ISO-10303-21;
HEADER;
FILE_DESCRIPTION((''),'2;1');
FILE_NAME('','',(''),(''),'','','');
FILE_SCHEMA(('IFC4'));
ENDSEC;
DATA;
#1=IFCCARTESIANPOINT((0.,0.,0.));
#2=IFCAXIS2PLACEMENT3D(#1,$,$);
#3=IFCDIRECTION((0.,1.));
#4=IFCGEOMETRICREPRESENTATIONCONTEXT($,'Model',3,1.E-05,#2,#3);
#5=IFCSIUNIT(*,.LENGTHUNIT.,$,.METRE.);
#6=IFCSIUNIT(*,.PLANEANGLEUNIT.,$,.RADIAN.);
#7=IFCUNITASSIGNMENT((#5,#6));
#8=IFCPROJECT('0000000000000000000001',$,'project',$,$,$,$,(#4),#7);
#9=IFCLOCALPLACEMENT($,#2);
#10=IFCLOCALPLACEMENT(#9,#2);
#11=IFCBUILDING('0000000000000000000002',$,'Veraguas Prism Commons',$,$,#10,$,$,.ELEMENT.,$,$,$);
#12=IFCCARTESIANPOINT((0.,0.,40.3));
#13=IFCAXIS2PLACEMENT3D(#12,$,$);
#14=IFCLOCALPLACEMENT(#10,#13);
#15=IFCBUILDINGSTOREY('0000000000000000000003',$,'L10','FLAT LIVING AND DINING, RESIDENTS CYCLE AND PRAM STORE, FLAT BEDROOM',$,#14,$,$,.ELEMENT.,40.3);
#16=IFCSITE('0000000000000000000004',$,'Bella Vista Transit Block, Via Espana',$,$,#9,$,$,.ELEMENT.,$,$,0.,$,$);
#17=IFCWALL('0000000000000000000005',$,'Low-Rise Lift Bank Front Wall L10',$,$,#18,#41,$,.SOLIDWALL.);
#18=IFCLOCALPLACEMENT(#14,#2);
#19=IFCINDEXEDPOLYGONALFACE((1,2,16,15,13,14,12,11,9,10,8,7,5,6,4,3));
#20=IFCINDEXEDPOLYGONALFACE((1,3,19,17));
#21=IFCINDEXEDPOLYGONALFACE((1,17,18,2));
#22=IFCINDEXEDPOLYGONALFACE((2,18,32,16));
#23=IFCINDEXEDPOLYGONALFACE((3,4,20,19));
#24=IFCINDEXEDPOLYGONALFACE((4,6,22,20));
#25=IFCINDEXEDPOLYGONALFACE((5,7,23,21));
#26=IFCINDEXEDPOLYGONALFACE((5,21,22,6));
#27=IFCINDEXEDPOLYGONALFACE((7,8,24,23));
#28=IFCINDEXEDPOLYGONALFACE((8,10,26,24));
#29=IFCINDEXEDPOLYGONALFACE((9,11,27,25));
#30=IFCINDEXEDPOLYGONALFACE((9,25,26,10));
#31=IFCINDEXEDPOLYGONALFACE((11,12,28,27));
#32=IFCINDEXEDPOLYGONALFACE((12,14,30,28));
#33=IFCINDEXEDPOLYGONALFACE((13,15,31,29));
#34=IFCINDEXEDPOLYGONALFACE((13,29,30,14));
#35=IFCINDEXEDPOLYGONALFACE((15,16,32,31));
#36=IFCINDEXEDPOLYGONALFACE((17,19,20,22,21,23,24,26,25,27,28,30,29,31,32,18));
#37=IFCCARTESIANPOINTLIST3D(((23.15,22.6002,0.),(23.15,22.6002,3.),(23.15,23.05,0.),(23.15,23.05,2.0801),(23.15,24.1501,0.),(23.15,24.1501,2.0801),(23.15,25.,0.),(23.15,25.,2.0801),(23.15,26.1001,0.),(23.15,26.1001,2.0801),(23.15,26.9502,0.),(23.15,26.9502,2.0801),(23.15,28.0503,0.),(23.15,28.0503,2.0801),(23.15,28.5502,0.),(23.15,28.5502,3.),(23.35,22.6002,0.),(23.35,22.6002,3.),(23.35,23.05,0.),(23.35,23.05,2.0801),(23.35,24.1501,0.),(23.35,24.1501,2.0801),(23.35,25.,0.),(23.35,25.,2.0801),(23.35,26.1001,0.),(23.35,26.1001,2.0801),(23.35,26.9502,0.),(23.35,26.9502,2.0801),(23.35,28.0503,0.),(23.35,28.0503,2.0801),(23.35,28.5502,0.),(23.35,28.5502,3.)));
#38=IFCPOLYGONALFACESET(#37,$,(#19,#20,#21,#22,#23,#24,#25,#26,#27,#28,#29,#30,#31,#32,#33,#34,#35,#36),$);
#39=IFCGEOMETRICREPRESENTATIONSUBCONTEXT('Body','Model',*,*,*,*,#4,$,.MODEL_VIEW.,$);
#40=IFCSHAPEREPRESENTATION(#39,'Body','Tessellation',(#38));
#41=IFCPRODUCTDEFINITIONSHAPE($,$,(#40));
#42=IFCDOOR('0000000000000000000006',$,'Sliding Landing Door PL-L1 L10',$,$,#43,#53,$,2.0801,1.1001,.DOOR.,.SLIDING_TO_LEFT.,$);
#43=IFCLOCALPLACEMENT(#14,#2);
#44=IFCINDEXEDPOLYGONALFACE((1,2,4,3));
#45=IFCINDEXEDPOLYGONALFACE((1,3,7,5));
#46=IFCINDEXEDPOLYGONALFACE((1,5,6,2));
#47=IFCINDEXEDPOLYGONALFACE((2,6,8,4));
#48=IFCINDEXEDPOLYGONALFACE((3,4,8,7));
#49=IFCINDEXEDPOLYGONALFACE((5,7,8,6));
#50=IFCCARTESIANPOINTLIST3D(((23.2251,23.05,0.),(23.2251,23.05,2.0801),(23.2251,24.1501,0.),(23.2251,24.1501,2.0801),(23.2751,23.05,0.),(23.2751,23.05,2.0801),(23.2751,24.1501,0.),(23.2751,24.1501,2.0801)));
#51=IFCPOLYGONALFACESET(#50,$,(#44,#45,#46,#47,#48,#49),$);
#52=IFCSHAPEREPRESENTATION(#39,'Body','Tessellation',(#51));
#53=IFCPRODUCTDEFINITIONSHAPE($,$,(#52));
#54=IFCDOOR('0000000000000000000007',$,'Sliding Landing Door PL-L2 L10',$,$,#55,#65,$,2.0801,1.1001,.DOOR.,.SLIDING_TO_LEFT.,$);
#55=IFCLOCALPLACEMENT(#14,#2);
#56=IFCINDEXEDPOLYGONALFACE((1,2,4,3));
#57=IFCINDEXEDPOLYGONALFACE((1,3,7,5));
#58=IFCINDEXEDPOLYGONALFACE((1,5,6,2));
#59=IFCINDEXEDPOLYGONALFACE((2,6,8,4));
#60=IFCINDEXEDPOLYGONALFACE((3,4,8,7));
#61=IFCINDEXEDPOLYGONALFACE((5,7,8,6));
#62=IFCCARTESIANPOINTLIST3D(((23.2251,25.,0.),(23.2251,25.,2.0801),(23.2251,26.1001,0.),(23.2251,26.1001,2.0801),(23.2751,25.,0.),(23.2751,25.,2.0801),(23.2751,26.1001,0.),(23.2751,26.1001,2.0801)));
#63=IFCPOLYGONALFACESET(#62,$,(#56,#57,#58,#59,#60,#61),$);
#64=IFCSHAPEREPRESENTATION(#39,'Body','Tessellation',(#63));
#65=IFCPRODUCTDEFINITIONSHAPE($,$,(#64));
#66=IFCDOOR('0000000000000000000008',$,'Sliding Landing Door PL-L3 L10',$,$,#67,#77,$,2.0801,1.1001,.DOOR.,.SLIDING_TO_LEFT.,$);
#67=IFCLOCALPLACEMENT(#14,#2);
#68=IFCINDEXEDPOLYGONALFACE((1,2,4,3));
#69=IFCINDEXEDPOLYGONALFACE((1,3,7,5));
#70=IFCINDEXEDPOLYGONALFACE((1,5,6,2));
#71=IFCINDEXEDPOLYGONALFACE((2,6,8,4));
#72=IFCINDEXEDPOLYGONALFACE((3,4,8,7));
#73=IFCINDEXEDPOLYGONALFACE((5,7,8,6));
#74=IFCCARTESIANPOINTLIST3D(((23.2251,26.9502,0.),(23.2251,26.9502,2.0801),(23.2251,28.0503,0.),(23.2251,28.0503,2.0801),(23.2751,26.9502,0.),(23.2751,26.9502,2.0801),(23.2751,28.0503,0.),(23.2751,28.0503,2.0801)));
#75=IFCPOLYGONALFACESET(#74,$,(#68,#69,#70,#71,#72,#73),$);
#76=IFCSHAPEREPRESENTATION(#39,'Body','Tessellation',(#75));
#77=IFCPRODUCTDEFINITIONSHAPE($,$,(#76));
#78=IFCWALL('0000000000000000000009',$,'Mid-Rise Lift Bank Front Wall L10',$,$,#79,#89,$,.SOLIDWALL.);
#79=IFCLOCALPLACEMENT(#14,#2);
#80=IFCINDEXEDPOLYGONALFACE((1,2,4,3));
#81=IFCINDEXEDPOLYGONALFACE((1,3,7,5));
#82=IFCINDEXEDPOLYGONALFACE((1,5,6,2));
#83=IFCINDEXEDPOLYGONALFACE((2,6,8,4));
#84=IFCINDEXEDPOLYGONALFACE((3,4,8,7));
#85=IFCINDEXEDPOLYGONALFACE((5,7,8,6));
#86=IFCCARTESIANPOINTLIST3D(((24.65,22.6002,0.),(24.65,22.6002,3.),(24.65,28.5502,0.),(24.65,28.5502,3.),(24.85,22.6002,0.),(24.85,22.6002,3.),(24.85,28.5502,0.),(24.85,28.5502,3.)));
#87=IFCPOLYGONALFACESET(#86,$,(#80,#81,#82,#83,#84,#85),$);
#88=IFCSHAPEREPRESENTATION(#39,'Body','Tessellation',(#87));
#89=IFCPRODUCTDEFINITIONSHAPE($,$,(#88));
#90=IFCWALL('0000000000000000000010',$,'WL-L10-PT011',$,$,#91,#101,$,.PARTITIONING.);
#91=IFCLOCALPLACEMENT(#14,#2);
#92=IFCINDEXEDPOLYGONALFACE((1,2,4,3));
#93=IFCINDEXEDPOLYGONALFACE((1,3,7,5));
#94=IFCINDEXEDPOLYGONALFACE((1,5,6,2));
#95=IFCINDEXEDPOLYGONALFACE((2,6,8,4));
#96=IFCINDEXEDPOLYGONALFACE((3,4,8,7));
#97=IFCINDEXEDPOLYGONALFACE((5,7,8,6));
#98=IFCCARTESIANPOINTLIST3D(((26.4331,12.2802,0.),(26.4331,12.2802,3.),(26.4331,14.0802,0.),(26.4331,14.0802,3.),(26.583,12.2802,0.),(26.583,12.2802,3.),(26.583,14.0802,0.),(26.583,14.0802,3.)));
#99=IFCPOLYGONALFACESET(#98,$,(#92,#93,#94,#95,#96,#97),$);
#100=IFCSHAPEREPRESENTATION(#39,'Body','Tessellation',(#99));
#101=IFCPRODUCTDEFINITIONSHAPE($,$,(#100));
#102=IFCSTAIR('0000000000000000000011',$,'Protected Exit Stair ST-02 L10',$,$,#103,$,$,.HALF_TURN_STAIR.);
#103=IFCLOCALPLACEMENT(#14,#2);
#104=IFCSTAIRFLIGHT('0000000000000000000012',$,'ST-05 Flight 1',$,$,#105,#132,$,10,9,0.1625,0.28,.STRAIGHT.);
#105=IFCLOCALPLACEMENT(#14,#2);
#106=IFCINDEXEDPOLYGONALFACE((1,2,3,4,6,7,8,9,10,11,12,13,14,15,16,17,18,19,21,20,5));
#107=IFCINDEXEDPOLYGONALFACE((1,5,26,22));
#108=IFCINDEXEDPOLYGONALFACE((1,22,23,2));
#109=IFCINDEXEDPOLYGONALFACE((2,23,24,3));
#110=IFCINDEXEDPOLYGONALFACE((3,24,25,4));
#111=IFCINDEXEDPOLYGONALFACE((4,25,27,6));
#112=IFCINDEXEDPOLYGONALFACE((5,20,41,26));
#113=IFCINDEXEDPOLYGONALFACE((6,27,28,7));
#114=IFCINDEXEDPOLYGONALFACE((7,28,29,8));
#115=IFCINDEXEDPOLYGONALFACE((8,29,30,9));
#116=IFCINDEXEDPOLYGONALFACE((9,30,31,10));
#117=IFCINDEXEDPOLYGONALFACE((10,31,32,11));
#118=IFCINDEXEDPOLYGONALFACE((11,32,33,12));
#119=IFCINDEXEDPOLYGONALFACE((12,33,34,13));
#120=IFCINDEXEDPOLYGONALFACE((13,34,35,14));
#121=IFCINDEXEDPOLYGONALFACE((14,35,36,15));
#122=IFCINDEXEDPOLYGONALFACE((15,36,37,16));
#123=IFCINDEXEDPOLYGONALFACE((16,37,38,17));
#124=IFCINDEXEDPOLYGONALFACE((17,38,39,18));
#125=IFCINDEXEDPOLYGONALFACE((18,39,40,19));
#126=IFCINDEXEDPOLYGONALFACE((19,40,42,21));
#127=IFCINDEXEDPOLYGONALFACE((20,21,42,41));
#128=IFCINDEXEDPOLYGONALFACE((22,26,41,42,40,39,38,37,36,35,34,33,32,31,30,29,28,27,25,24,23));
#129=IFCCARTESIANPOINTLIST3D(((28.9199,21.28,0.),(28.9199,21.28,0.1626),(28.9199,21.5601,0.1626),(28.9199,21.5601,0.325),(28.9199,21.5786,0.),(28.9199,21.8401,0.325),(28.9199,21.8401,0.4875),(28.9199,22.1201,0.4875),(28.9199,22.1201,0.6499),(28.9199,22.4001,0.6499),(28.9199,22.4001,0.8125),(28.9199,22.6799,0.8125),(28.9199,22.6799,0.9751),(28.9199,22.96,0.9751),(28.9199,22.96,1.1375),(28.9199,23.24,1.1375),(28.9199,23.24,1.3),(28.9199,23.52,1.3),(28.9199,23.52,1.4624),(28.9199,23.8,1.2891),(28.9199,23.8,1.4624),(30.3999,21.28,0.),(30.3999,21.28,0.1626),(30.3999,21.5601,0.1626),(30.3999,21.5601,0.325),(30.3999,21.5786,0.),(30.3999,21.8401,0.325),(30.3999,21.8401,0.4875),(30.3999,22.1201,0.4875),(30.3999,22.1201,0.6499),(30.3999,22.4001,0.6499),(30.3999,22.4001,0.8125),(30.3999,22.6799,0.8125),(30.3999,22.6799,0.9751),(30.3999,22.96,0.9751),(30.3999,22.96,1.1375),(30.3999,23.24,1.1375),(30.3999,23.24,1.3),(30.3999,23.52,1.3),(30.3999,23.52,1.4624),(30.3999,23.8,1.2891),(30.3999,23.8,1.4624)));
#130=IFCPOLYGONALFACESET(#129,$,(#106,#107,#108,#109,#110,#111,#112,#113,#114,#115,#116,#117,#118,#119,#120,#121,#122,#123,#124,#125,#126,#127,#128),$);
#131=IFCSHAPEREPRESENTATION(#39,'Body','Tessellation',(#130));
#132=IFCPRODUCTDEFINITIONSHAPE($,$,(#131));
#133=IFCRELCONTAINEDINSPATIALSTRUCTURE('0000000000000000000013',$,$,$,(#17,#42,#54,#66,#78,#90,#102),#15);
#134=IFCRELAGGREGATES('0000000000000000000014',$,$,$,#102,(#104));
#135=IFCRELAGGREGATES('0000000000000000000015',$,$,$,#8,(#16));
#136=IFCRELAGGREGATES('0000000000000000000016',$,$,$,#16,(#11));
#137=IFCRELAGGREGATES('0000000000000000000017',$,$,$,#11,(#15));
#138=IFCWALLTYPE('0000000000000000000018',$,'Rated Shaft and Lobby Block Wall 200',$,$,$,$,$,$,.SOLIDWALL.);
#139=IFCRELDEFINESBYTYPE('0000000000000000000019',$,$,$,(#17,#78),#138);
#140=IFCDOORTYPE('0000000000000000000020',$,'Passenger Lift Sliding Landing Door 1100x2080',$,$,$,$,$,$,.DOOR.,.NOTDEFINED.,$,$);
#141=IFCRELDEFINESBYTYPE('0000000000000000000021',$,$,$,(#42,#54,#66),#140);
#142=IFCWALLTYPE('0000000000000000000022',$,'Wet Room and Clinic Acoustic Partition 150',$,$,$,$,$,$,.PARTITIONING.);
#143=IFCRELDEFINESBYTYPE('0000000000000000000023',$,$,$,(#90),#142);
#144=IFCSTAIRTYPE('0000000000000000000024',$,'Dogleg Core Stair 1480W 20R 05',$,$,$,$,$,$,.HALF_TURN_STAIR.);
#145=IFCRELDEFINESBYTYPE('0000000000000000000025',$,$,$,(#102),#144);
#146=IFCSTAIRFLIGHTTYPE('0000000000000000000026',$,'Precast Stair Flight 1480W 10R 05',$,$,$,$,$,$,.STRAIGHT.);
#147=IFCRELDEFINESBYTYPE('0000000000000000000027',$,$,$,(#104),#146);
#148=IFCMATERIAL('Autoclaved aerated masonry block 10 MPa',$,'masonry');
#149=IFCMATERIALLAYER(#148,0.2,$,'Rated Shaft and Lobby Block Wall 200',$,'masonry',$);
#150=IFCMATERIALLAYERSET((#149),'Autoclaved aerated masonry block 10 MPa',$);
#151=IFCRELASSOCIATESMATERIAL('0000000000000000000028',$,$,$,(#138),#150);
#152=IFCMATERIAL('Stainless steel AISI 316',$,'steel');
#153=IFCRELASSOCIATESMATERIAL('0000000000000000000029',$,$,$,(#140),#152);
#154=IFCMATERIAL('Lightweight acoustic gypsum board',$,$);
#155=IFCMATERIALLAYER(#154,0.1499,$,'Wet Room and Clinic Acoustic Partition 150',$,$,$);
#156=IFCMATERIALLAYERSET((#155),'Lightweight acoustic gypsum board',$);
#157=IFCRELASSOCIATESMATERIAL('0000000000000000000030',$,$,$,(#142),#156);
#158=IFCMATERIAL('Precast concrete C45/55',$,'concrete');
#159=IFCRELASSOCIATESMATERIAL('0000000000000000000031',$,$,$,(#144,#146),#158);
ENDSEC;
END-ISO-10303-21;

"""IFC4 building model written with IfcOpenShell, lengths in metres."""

from ifc_helpers import new_model, si_unit, direction, frame, frame_2d, origin, place, context, subcontext, project, spatial, polyline, rectangle, outline, extrude, source, transform, mapped, material, layer, layer_set, type_object, element, fill, aggregate, save


model = new_model("IFC4")

# Units and contexts
model_context = context("Model", 3, precision=1e-05, world=origin(), true_north=direction((0.0, 1.0)))
body_context = subcontext(model_context, "Body", "Model", "MODEL_VIEW")
ifc_project = project(units=[si_unit("LENGTHUNIT", "METRE"), si_unit("PLANEANGLEUNIT", "RADIAN")], contexts=[model_context])

# Site, building, storey
site_placement = place(None, origin())
site = spatial("IfcSite", under=ifc_project, at=site_placement, Name="Bella Vista Transit Block, Via Espana", CompositionType="ELEMENT", RefElevation=0.0)
building_placement = place(site_placement, origin())
building = spatial("IfcBuilding", under=site, at=building_placement, Name="Veraguas Prism Commons", CompositionType="ELEMENT")
storey_placement = place(building_placement, frame((0.0, 0.0, 40.3)))
storey = spatial("IfcBuildingStorey", under=building, at=storey_placement, Name="L10", Description="FLAT LIVING AND DINING, RESIDENTS CYCLE AND PRAM STORE, FLAT BEDROOM", CompositionType="ELEMENT", Elevation=40.3)

# Shared definitions
ifc_material_1 = material(Name="Autoclaved aerated masonry block 10 MPa", Category="masonry")
ifc_material_2 = material(Name="Lightweight acoustic gypsum board")
ifc_layer_1 = layer(ifc_material_1, 0.2, Name="Rated Shaft and Lobby Block Wall 200", Category="masonry")
ifc_layer_set_1 = layer_set([ifc_layer_1], Name="Autoclaved aerated masonry block 10 MPa")
wall_type_1 = type_object("IfcWallType", Name="Rated Shaft and Lobby Block Wall 200", PredefinedType="SOLIDWALL", material=ifc_layer_set_1)
ifc_material_3 = material(Name="Stainless steel AISI 316", Category="steel")

# Wall, openings, doors
wall_1_placement = place(storey_placement, frame((23.25, 22.6001, 0.0), z_axis=(0.0, 0.0, 1.0), x_axis=(0.0, 1.0, 0.0)))
wall_1 = element("IfcWall", 1, at=wall_1_placement, inside=storey, type_object=wall_type_1, Name="Low-Rise Lift Bank Front Wall L10", PredefinedType="SOLIDWALL", context=body_context, shape_type="SweptSolid", body=[
    extrude(rectangle(XDim=5.95, YDim=0.2, at=frame_2d((2.9751, 0.0))), origin(), (0.0, 0.0, 1.0), 3.0),
])
opening_1_placement = place(wall_1_placement, frame((0.45, 0.0, 0.0)))
opening_1 = element("IfcOpeningElement", 2, at=opening_1_placement, cuts=wall_1, PredefinedType="OPENING", context=body_context, shape_type="SweptSolid", body=[
    extrude(rectangle(XDim=1.1001, YDim=2.0801, at=frame_2d((0.55, 1.04))), frame((0.0, 0.1099, 0.0), z_axis=(0.0, -1.0, 0.0), x_axis=(1.0, 0.0, 0.0)), (0.0, 0.0, 1.0), 0.22),
])
opening_2_placement = place(wall_1_placement, frame((2.3999, 0.0, 0.0)))
opening_2 = element("IfcOpeningElement", 3, at=opening_2_placement, cuts=wall_1, PredefinedType="OPENING", context=body_context, shape_type="SweptSolid", body=[
    extrude(rectangle(XDim=1.1001, YDim=2.0801, at=frame_2d((0.55, 1.04))), frame((0.0, 0.1099, 0.0), z_axis=(0.0, -1.0, 0.0), x_axis=(1.0, 0.0, 0.0)), (0.0, 0.0, 1.0), 0.22),
])
opening_3_placement = place(wall_1_placement, frame((4.3501, 0.0, 0.0)))
opening_3 = element("IfcOpeningElement", 4, at=opening_3_placement, cuts=wall_1, PredefinedType="OPENING", context=body_context, shape_type="SweptSolid", body=[
    extrude(rectangle(XDim=1.1001, YDim=2.0801, at=frame_2d((0.55, 1.04))), frame((0.0, 0.1099, 0.0), z_axis=(0.0, -1.0, 0.0), x_axis=(1.0, 0.0, 0.0)), (0.0, 0.0, 1.0), 0.22),
])
door_type_1 = type_object("IfcDoorType", Name="Passenger Lift Sliding Landing Door 1100x2080", OperationType="NOTDEFINED", PredefinedType="DOOR", material=ifc_material_3)
shared_shape_1 = source(origin(), body_context, "Body", "SweptSolid", [
    extrude(rectangle(XDim=1.1001, YDim=2.0801, at=frame_2d((0.55, 1.04))), frame((0.0, 0.0249, 0.0), z_axis=(0.0, -1.0, 0.0), x_axis=(1.0, 0.0, 0.0)), (0.0, 0.0, 1.0), 0.05),
])
door_1_placement = place(opening_1_placement, origin())
door_1 = element("IfcDoor", 5, at=door_1_placement, inside=storey, type_object=door_type_1, Name="Sliding Landing Door PL-L1 L10", OperationType="SLIDING_TO_LEFT", OverallHeight=2.0801, OverallWidth=1.1001, PredefinedType="DOOR", context=body_context, shape_type="MappedRepresentation", body=[
    mapped(shared_shape_1, transform((0.0, 0.0, 0.0), scale=1.0)),
])
fill(opening_1, door_1)
door_2_placement = place(opening_2_placement, origin())
door_2 = element("IfcDoor", 6, at=door_2_placement, inside=storey, type_object=door_type_1, Name="Sliding Landing Door PL-L2 L10", OperationType="SLIDING_TO_LEFT", OverallHeight=2.0801, OverallWidth=1.1001, PredefinedType="DOOR", context=body_context, shape_type="MappedRepresentation", body=[
    mapped(shared_shape_1, transform((0.0, 0.0, 0.0), scale=1.0)),
])
fill(opening_2, door_2)
door_3_placement = place(opening_3_placement, origin())
door_3 = element("IfcDoor", 7, at=door_3_placement, inside=storey, type_object=door_type_1, Name="Sliding Landing Door PL-L3 L10", OperationType="SLIDING_TO_LEFT", OverallHeight=2.0801, OverallWidth=1.1001, PredefinedType="DOOR", context=body_context, shape_type="MappedRepresentation", body=[
    mapped(shared_shape_1, transform((0.0, 0.0, 0.0), scale=1.0)),
])
fill(opening_3, door_3)

# Walls
wall_2_placement = place(storey_placement, frame((24.75, 22.6001, 0.0), z_axis=(0.0, 0.0, 1.0), x_axis=(0.0, 1.0, 0.0)))
element("IfcWall", 8, at=wall_2_placement, inside=storey, type_object=wall_type_1, Name="Mid-Rise Lift Bank Front Wall L10", PredefinedType="SOLIDWALL", context=body_context, shape_type="SweptSolid", body=[
    extrude(rectangle(XDim=5.95, YDim=0.2, at=frame_2d((2.9751, 0.0))), origin(), (0.0, 0.0, 1.0), 3.0),
])
ifc_layer_2 = layer(ifc_material_2, 0.1499, Name="Wet Room and Clinic Acoustic Partition 150")
ifc_layer_set_2 = layer_set([ifc_layer_2], Name="Lightweight acoustic gypsum board")
wall_type_2 = type_object("IfcWallType", Name="Wet Room and Clinic Acoustic Partition 150", PredefinedType="PARTITIONING", material=ifc_layer_set_2)
wall_3_placement = place(storey_placement, frame((26.5081, 14.0801, 0.0), z_axis=(0.0, 0.0, 1.0), x_axis=(0.0, -1.0, 0.0)))
element("IfcWall", 9, at=wall_3_placement, inside=storey, type_object=wall_type_2, Name="WL-L10-PT011", PredefinedType="PARTITIONING", context=body_context, shape_type="SweptSolid", body=[
    extrude(rectangle(XDim=1.8, YDim=0.1499, at=frame_2d((0.8999, 0.0))), origin(), (0.0, 0.0, 1.0), 3.0),
])

# Stair, stair flight
ifc_material_4 = material(Name="Precast concrete C45/55", Category="concrete")
stair_type = type_object("IfcStairType", Name="Dogleg Core Stair 1480W 20R 05", PredefinedType="HALF_TURN_STAIR", material=ifc_material_4)
stair_placement = place(storey_placement, origin())
stair = element("IfcStair", 10, at=stair_placement, inside=storey, type_object=stair_type, Name="Protected Exit Stair ST-02 L10", PredefinedType="HALF_TURN_STAIR")
stair_flight_type = type_object("IfcStairFlightType", Name="Precast Stair Flight 1480W 10R 05", PredefinedType="STRAIGHT", material=ifc_material_4)
stair_flight_placement = place(storey_placement, frame((29.6599, 21.28, 0.0), z_axis=(0.0, 0.0, 1.0), x_axis=(0.0, 1.0, 0.0)))
stair_flight = element("IfcStairFlight", 11, at=stair_flight_placement, type_object=stair_flight_type, Name="ST-05 Flight 1", NumberOfRisers=10, NumberOfTreads=9, PredefinedType="STRAIGHT", RiserHeight=0.1625, TreadLength=0.28, context=body_context, shape_type="SweptSolid", body=[
    extrude(outline(polyline([(0.0, 0.0), (0.0, 0.1626), (0.28, 0.1626), (0.28, 0.325), (0.5601, 0.325), (0.5601, 0.4875), (0.8401, 0.4875), (0.8401, 0.6499), (1.1201, 0.6499), (1.1201, 0.8125), (1.3999, 0.8125), (1.3999, 0.9751), (1.6799, 0.9751), (1.6799, 1.1375), (1.96, 1.1375), (1.96, 1.3), (2.24, 1.3), (2.24, 1.4624), (2.52, 1.4624), (2.52, 1.625), (2.52, 1.2891), (0.2986, 0.0), (0.0, 0.0)])), frame((0.0, 0.74, 0.0), z_axis=(0.0, -1.0, 0.0), x_axis=(1.0, 0.0, 0.0)), (0.0, 0.0, 1.0), 1.48),
])
aggregate(stair, [stair_flight])

save(model, "model.ifc")
